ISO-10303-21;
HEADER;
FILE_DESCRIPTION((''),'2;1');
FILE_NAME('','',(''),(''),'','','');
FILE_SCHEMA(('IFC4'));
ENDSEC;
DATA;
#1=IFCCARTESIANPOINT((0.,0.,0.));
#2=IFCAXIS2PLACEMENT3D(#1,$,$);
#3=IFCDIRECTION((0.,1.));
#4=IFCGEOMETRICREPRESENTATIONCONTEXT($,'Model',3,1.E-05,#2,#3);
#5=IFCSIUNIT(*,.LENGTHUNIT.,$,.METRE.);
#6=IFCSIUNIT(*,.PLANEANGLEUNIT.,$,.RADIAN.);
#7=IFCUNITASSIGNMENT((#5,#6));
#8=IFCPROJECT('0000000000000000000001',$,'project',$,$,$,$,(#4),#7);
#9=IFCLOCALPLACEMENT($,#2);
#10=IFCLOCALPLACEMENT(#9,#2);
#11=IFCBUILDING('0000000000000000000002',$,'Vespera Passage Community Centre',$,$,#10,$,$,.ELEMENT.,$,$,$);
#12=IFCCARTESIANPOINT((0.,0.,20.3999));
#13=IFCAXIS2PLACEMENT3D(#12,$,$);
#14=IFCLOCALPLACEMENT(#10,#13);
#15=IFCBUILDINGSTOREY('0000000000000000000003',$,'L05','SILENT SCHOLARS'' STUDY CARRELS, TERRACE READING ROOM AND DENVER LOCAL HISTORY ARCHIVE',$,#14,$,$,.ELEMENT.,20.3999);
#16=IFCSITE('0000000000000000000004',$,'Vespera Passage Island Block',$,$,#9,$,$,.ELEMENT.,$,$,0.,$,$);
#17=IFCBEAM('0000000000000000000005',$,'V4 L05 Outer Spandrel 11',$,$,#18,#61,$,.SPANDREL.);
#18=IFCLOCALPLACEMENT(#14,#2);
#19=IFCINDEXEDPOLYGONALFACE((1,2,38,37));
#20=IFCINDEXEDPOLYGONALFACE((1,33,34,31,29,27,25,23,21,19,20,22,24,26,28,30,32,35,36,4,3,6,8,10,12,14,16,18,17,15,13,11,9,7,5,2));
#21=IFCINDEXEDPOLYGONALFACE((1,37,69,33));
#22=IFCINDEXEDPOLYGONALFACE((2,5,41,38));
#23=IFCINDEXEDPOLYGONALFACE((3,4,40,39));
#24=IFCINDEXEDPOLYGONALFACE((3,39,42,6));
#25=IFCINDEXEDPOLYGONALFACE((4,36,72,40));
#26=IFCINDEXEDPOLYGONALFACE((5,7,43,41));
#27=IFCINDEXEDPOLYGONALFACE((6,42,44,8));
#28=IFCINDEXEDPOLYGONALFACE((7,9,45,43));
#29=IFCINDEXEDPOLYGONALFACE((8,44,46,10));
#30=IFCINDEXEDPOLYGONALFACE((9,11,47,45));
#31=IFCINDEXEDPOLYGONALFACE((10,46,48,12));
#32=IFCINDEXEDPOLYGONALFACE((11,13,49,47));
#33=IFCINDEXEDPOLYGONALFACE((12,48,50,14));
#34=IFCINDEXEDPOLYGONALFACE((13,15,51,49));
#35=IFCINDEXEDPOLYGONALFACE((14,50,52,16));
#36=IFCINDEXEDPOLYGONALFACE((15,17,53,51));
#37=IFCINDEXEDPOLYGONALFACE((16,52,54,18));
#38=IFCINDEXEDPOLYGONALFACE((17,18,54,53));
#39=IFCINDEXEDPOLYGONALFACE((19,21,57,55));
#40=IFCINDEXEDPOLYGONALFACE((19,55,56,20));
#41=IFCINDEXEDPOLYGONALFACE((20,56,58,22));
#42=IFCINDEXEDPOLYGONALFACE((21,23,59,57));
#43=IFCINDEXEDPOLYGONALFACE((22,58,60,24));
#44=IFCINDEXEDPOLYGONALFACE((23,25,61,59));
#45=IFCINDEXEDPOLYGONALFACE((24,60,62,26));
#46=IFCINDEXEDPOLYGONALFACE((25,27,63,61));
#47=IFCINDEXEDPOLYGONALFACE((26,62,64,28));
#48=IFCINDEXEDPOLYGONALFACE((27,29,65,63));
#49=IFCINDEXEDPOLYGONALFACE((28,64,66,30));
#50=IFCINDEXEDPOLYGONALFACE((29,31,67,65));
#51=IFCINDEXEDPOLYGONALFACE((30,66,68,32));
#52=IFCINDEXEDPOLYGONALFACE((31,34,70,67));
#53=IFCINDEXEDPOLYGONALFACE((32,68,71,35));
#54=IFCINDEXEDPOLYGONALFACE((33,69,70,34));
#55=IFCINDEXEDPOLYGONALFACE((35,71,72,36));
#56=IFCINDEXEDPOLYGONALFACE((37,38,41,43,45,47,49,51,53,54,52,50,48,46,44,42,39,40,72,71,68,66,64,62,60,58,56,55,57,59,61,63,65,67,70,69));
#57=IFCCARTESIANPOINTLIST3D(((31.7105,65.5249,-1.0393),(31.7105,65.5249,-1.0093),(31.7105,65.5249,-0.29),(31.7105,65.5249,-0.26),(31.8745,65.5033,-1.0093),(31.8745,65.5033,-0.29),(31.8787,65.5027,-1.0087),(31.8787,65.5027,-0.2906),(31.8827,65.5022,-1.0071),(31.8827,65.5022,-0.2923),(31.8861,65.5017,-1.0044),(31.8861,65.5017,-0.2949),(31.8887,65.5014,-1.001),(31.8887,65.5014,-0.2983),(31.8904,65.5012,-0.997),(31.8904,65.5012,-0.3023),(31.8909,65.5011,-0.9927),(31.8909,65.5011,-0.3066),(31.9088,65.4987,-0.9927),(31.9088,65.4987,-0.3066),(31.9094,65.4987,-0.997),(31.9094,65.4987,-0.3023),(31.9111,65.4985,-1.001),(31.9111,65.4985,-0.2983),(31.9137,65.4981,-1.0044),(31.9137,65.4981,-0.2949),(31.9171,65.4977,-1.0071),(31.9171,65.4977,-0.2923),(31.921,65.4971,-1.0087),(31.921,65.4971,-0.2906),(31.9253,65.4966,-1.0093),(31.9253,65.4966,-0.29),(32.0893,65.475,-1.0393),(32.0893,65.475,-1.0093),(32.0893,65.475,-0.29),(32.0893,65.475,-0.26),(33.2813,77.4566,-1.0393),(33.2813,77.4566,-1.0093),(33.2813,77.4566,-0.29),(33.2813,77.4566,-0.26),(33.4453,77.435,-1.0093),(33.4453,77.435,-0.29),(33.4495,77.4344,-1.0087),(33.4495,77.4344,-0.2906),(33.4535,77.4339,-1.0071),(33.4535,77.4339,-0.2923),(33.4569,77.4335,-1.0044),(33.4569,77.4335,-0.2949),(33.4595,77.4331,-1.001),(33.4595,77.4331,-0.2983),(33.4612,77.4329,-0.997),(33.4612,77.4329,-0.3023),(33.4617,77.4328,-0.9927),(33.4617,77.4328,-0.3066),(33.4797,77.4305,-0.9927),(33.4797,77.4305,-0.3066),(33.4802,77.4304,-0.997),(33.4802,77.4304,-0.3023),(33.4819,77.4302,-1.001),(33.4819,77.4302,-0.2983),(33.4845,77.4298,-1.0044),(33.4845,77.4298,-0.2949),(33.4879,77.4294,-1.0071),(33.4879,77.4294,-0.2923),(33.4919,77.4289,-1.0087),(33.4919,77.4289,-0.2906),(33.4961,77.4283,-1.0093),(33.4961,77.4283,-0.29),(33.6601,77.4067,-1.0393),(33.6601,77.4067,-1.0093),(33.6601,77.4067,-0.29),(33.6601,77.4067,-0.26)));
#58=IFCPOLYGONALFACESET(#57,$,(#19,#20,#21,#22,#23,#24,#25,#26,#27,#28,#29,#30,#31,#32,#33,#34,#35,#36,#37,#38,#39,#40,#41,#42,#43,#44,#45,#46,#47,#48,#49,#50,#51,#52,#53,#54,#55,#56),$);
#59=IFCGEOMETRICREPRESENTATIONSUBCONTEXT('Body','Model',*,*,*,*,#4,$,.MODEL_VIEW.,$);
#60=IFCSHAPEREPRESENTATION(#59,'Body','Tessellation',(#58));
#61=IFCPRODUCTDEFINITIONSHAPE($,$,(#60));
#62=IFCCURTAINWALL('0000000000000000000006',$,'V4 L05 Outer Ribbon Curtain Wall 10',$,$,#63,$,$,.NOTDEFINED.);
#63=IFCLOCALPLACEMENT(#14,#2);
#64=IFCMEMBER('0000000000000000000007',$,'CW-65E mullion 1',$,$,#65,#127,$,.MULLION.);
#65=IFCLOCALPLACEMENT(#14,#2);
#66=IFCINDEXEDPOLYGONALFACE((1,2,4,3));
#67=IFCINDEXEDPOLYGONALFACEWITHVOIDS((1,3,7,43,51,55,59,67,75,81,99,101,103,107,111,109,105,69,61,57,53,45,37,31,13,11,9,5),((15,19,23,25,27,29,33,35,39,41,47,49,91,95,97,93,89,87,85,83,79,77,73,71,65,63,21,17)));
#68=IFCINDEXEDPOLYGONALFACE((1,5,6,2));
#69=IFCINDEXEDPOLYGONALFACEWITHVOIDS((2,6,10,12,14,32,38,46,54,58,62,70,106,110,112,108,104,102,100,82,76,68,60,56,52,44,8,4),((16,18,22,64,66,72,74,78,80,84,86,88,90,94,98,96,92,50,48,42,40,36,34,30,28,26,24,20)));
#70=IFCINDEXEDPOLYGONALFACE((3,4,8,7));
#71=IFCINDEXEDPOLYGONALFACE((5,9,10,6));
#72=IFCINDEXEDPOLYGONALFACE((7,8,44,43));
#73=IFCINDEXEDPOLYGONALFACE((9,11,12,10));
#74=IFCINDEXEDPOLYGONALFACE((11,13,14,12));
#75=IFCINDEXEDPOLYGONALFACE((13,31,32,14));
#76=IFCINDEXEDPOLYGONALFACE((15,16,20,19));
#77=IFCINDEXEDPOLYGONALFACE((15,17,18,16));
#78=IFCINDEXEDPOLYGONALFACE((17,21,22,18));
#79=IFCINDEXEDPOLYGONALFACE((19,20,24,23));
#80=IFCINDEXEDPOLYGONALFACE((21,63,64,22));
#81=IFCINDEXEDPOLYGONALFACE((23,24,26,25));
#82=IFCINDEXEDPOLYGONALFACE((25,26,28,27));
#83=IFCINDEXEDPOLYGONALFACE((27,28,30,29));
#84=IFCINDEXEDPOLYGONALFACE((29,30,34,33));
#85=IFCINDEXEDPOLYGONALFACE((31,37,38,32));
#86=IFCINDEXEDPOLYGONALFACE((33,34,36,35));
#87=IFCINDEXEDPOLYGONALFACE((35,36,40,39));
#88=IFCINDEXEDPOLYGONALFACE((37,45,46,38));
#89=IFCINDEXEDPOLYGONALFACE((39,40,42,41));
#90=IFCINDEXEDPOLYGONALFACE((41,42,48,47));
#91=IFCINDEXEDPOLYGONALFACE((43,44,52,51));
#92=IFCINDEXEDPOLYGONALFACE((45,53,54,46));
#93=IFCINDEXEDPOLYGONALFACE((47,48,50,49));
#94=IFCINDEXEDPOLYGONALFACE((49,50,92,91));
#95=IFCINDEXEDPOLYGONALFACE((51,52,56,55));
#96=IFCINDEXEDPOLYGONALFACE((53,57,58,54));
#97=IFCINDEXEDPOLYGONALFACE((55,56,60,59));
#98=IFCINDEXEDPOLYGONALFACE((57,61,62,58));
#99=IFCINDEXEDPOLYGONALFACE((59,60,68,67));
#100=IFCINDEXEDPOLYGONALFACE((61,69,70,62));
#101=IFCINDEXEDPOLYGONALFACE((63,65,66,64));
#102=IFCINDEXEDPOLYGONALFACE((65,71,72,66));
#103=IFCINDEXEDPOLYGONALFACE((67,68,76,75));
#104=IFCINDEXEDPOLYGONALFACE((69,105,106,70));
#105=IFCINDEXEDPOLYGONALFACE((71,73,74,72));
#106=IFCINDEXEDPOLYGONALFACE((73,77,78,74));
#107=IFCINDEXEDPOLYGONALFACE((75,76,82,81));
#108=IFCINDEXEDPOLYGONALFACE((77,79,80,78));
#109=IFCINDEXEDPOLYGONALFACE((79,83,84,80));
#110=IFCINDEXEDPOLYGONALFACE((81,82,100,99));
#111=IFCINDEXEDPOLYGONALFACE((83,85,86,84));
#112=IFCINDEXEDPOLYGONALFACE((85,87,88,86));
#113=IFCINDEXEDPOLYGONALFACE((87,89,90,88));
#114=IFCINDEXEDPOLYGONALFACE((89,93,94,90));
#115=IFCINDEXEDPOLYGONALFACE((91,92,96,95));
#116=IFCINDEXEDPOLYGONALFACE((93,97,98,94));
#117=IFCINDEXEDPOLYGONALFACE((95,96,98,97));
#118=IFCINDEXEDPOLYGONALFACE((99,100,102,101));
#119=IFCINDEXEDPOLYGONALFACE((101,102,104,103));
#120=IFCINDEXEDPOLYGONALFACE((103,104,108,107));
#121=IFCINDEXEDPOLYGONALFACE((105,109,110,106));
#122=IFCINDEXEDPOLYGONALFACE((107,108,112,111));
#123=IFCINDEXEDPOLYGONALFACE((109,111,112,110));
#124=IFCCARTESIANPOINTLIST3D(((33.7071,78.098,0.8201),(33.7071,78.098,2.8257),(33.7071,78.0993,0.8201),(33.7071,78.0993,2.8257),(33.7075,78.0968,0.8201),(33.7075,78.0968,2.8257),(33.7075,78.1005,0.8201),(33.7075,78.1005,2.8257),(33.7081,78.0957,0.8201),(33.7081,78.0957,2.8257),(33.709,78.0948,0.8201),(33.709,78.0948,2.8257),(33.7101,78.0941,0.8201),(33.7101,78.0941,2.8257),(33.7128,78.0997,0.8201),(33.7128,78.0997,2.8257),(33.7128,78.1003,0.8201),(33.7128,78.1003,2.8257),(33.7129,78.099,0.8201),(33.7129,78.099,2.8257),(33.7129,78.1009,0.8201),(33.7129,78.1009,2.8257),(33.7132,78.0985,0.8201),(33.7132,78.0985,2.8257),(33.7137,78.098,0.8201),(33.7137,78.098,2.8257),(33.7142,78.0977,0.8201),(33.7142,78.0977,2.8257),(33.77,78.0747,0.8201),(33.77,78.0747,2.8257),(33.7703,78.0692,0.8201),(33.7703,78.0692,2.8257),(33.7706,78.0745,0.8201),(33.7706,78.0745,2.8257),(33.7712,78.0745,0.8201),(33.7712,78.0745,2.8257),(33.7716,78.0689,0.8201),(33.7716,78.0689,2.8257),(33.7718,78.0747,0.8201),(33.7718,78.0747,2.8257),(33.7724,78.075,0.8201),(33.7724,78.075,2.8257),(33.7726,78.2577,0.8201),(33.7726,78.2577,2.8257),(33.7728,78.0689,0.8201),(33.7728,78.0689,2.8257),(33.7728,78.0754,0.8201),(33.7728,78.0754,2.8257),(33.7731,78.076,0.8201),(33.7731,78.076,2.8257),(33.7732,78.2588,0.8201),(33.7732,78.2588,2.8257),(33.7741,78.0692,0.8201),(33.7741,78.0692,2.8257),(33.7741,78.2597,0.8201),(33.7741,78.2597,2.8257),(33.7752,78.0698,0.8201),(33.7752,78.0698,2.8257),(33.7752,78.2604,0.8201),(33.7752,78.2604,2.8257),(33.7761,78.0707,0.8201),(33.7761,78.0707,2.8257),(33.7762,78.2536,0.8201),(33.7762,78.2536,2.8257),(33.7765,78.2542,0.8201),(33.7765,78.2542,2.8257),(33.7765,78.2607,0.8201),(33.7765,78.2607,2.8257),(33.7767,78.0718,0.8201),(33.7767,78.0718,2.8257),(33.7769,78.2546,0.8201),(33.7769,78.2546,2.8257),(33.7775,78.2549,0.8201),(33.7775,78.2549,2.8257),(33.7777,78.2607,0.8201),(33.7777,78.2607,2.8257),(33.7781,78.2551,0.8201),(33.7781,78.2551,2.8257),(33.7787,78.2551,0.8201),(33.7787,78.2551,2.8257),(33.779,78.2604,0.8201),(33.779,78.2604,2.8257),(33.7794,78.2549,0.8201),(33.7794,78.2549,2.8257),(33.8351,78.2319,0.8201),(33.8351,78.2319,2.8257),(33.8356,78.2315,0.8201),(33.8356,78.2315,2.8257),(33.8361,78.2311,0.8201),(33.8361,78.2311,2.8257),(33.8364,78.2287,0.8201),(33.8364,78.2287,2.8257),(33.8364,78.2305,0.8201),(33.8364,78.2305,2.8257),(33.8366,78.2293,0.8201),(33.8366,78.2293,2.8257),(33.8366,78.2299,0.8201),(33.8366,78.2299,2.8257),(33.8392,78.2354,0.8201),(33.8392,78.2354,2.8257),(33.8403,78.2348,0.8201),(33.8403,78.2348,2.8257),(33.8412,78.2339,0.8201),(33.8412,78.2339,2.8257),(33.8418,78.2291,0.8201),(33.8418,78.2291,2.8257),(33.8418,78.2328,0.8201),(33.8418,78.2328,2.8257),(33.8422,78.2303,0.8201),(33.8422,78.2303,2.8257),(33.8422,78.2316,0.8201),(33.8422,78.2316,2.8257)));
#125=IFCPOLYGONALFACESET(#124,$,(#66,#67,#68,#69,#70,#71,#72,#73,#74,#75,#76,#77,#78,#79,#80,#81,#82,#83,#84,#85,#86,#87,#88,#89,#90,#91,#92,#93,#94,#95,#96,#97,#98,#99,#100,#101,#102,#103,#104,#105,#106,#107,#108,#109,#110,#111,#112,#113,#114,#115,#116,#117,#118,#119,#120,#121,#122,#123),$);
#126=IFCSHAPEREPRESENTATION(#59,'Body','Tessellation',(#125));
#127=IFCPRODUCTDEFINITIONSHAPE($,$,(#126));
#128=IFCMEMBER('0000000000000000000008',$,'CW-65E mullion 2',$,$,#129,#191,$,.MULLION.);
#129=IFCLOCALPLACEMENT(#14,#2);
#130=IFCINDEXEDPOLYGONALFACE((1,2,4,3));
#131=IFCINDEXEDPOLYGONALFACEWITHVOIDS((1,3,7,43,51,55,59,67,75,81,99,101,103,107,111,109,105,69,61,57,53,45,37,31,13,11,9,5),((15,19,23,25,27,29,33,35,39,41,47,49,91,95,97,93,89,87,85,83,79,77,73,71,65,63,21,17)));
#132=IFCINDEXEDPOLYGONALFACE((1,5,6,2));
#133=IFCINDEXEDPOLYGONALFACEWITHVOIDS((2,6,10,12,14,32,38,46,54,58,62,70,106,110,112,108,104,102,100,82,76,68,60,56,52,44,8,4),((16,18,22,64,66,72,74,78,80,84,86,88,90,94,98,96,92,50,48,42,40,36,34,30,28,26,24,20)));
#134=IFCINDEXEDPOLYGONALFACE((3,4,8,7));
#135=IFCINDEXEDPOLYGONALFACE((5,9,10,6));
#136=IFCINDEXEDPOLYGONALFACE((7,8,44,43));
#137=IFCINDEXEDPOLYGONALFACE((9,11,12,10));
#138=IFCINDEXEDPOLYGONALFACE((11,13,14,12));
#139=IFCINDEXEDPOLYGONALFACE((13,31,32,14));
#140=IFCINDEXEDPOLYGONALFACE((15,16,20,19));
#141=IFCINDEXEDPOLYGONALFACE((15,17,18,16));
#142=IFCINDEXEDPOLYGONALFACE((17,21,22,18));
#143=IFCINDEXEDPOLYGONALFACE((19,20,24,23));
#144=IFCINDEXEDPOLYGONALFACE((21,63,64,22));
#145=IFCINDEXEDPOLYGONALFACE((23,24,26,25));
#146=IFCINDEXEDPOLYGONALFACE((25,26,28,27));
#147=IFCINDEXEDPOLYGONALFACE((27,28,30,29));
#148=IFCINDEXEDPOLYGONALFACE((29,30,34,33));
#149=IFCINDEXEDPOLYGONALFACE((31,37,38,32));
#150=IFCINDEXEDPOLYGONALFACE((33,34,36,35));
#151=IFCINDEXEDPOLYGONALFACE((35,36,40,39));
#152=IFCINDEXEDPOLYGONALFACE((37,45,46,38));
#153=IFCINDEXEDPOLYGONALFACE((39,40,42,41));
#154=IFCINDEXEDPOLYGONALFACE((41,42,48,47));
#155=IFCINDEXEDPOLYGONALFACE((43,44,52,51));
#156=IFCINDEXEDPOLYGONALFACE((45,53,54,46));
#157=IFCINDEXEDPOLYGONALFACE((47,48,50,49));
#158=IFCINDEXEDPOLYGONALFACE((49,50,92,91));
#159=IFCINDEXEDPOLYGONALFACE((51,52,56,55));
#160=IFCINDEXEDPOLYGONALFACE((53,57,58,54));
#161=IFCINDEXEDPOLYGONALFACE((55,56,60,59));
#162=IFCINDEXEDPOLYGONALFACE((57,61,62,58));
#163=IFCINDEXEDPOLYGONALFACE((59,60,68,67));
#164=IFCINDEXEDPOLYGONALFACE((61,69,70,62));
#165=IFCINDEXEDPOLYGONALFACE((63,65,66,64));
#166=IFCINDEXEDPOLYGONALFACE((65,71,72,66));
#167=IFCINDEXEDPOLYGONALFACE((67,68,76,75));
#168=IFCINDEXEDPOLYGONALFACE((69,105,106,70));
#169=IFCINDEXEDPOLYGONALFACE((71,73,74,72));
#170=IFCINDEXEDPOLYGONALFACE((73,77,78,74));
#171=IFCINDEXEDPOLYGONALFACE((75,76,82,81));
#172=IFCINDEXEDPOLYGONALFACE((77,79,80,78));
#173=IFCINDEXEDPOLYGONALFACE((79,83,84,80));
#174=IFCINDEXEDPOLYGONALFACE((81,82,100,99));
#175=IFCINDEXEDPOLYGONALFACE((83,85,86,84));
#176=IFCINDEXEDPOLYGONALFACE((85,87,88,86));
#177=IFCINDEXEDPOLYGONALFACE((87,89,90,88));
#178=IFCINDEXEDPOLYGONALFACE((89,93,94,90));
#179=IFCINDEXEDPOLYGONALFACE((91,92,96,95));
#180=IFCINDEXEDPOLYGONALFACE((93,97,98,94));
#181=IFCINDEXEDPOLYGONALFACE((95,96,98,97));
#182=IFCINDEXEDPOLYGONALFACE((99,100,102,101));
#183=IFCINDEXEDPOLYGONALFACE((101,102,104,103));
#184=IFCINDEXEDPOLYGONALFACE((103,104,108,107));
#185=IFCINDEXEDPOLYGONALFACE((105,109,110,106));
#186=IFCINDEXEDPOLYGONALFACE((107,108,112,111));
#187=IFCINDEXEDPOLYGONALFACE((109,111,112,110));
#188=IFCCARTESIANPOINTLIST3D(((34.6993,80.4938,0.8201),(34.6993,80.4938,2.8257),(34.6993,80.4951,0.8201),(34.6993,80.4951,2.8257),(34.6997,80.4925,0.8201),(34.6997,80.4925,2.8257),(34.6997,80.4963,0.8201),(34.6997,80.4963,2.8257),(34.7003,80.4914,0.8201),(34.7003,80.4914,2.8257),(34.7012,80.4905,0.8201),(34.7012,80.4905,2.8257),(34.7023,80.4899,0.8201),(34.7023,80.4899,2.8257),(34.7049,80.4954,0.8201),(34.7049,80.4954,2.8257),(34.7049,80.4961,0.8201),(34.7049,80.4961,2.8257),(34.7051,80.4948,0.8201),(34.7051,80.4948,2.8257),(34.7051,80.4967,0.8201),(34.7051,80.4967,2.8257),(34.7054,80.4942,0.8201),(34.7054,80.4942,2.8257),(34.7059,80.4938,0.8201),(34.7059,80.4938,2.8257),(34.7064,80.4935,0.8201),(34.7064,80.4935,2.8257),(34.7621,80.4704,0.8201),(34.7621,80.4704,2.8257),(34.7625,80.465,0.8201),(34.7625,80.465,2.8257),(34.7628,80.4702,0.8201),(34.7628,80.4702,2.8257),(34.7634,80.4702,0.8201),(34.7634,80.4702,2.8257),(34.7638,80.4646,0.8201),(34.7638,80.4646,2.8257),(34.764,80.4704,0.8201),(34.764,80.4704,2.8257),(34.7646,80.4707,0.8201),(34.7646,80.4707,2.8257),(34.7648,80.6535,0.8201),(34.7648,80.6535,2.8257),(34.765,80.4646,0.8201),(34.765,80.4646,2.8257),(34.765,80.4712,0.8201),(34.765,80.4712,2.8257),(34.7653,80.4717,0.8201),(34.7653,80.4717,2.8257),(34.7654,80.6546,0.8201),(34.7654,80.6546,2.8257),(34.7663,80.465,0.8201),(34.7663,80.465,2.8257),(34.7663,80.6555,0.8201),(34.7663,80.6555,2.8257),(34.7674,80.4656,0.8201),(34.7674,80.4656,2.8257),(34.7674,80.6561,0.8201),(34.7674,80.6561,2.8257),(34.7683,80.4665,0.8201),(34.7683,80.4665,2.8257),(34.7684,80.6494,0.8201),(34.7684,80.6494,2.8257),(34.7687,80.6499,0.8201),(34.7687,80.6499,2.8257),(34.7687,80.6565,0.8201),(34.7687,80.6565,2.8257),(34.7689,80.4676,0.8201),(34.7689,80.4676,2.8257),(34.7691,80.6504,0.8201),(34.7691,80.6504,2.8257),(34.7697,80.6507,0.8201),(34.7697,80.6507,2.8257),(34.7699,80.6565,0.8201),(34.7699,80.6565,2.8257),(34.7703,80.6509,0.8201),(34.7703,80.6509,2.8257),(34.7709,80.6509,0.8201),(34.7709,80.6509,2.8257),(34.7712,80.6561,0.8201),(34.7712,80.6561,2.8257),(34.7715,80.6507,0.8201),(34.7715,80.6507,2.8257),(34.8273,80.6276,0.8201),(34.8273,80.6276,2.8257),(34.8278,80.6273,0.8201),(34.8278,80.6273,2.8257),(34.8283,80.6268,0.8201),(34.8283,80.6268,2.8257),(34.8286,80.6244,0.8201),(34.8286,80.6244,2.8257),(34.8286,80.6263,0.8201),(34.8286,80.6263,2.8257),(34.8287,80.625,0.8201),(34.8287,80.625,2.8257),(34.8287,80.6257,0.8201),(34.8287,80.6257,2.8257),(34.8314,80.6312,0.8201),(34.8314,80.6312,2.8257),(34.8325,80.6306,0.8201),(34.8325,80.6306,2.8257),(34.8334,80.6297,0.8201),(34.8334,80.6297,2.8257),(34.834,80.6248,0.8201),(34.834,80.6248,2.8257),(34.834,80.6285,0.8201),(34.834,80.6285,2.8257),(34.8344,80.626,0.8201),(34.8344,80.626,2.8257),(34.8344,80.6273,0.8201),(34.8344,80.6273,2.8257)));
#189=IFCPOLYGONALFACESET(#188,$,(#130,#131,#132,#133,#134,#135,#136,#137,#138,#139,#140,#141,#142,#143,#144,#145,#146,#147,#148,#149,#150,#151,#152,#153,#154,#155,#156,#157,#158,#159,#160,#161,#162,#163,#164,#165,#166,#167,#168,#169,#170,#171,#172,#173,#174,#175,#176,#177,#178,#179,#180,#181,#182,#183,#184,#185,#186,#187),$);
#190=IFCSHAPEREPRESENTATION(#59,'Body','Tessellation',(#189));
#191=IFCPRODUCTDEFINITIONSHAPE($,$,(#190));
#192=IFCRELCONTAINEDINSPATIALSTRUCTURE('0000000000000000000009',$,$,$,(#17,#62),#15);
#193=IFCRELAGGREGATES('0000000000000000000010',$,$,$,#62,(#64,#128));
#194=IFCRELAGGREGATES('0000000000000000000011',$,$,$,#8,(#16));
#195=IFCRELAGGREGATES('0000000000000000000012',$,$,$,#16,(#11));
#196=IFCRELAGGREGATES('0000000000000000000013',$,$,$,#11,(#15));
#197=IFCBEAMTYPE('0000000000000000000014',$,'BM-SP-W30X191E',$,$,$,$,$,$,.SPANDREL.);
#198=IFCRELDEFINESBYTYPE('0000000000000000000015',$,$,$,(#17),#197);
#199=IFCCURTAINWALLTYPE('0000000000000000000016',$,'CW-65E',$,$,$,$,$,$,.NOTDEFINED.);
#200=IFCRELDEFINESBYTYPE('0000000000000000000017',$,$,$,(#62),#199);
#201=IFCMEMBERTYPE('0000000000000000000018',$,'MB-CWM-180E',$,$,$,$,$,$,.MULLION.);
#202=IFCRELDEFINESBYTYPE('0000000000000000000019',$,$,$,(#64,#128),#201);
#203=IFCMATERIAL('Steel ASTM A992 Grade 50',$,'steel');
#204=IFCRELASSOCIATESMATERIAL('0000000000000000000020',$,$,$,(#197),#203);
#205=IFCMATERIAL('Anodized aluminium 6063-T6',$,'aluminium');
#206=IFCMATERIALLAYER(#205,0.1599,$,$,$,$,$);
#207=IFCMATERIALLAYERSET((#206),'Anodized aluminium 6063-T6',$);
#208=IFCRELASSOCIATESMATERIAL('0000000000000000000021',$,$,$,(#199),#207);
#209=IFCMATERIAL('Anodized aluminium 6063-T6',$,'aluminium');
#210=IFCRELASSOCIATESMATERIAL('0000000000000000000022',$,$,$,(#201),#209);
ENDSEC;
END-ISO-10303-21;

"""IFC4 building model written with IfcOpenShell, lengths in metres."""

from ifc_helpers import new_model, si_unit, direction, frame, origin, origin_2d, place, context, subcontext, project, spatial, hollow_rectangle, i_section, extrude, material, layer, layer_set, material_profile, profile_set, type_object, element, aggregate, save


model = new_model("IFC4")

# Units and contexts
model_context = context("Model", 3, precision=1e-05, world=origin(), true_north=direction((0.0, 1.0)))
body_context = subcontext(model_context, "Body", "Model", "MODEL_VIEW")
ifc_project = project(units=[si_unit("LENGTHUNIT", "METRE"), si_unit("PLANEANGLEUNIT", "RADIAN")], contexts=[model_context])

# Site, building, storey
site_placement = place(None, origin())
site = spatial("IfcSite", under=ifc_project, at=site_placement, Name="Vespera Passage Island Block", CompositionType="ELEMENT", RefElevation=0.0)
building_placement = place(site_placement, origin())
building = spatial("IfcBuilding", under=site, at=building_placement, Name="Vespera Passage Community Centre", CompositionType="ELEMENT")
storey_placement = place(building_placement, frame((0.0, 0.0, 20.3999)))
storey = spatial("IfcBuildingStorey", under=building, at=storey_placement, Name="L05", Description="SILENT SCHOLARS' STUDY CARRELS, TERRACE READING ROOM AND DENVER LOCAL HISTORY ARCHIVE", CompositionType="ELEMENT", Elevation=20.3999)

# Beam
ifc_material_1 = material(Name="Steel ASTM A992 Grade 50", Category="steel")
ifc_material_profile_1 = material_profile(ifc_material_1, i_section(OverallWidth=0.3821, OverallDepth=0.7793, WebThickness=0.0181, FlangeThickness=0.03, FilletRadius=0.0166, at=origin_2d()), Name="W30X191")
ifc_profile_set_1 = profile_set([ifc_material_profile_1], Name="Steel ASTM A992 Grade 50")
beam_type_1 = type_object("IfcBeamType", Name="BM-SP-W30X191E", PredefinedType="SPANDREL", material=ifc_profile_set_1)
beam_1_placement = place(storey_placement, frame((33.4707, 77.4316, -0.6497), z_axis=(-0.130524, -0.991445, 0.0), x_axis=(0.991445, -0.130524, 0.0)))
element("IfcBeam", 1, at=beam_1_placement, inside=storey, type_object=beam_type_1, Name="V4 L05 Outer Spandrel 11", PredefinedType="SPANDREL", context=body_context, shape_type="SweptSolid", body=[
    extrude(i_section(OverallWidth=0.3821, OverallDepth=0.7793, WebThickness=0.0181, FlangeThickness=0.03, FilletRadius=0.0166, at=origin_2d()), origin(), (0.0, 0.0, 1.0), 12.0347),
])

# Curtain wall, members
ifc_material_2 = material(Name="Anodized aluminium 6063-T6", Category="aluminium")
ifc_layer_1 = layer(ifc_material_2, 0.1599)
ifc_layer_set_1 = layer_set([ifc_layer_1], Name="Anodized aluminium 6063-T6")
curtain_wall_type_1 = type_object("IfcCurtainWallType", Name="CW-65E", PredefinedType="NOTDEFINED", material=ifc_layer_set_1)
curtain_wall_1_placement = place(storey_placement, origin())
curtain_wall_1 = element("IfcCurtainWall", 2, at=curtain_wall_1_placement, inside=storey, type_object=curtain_wall_type_1, Name="V4 L05 Outer Ribbon Curtain Wall 10", PredefinedType="NOTDEFINED")
ifc_material_3 = material(Name="Anodized aluminium 6063-T6", Category="aluminium")
ifc_material_profile_2 = material_profile(ifc_material_3, hollow_rectangle(XDim=0.075, YDim=0.1799, WallThickness=0.0049, InnerFilletRadius=0.0024, OuterFilletRadius=0.0049, at=origin_2d()), Name="ALU180X75X5")
ifc_profile_set_2 = profile_set([ifc_material_profile_2], Name="Anodized aluminium 6063-T6")
member_type_1 = type_object("IfcMemberType", Name="MB-CWM-180E", PredefinedType="MULLION", material=ifc_profile_set_2)
member_1_placement = place(storey_placement, frame((33.7747, 78.1648, 0.8201), z_axis=(0.0, 0.0, 1.0), x_axis=(-0.923881, 0.382679, 0.0)))
member_1 = element("IfcMember", 3, at=member_1_placement, type_object=member_type_1, Name="CW-65E mullion 1", PredefinedType="MULLION", context=body_context, shape_type="SweptSolid", body=[
    extrude(hollow_rectangle(XDim=0.075, YDim=0.1799, WallThickness=0.0049, InnerFilletRadius=0.0024, OuterFilletRadius=0.0049, at=origin_2d()), origin(), (0.0, 0.0, 1.0), 2.0056),
])
member_2_placement = place(storey_placement, frame((34.7668, 80.5605, 0.8201), z_axis=(0.0, 0.0, 1.0), x_axis=(-0.923881, 0.382679, 0.0)))
member_2 = element("IfcMember", 4, at=member_2_placement, type_object=member_type_1, Name="CW-65E mullion 2", PredefinedType="MULLION", context=body_context, shape_type="SweptSolid", body=[
    extrude(hollow_rectangle(XDim=0.075, YDim=0.1799, WallThickness=0.0049, InnerFilletRadius=0.0024, OuterFilletRadius=0.0049, at=origin_2d()), origin(), (0.0, 0.0, 1.0), 2.0056),
])

aggregate(curtain_wall_1, [member_1, member_2])

save(model, "model.ifc")
